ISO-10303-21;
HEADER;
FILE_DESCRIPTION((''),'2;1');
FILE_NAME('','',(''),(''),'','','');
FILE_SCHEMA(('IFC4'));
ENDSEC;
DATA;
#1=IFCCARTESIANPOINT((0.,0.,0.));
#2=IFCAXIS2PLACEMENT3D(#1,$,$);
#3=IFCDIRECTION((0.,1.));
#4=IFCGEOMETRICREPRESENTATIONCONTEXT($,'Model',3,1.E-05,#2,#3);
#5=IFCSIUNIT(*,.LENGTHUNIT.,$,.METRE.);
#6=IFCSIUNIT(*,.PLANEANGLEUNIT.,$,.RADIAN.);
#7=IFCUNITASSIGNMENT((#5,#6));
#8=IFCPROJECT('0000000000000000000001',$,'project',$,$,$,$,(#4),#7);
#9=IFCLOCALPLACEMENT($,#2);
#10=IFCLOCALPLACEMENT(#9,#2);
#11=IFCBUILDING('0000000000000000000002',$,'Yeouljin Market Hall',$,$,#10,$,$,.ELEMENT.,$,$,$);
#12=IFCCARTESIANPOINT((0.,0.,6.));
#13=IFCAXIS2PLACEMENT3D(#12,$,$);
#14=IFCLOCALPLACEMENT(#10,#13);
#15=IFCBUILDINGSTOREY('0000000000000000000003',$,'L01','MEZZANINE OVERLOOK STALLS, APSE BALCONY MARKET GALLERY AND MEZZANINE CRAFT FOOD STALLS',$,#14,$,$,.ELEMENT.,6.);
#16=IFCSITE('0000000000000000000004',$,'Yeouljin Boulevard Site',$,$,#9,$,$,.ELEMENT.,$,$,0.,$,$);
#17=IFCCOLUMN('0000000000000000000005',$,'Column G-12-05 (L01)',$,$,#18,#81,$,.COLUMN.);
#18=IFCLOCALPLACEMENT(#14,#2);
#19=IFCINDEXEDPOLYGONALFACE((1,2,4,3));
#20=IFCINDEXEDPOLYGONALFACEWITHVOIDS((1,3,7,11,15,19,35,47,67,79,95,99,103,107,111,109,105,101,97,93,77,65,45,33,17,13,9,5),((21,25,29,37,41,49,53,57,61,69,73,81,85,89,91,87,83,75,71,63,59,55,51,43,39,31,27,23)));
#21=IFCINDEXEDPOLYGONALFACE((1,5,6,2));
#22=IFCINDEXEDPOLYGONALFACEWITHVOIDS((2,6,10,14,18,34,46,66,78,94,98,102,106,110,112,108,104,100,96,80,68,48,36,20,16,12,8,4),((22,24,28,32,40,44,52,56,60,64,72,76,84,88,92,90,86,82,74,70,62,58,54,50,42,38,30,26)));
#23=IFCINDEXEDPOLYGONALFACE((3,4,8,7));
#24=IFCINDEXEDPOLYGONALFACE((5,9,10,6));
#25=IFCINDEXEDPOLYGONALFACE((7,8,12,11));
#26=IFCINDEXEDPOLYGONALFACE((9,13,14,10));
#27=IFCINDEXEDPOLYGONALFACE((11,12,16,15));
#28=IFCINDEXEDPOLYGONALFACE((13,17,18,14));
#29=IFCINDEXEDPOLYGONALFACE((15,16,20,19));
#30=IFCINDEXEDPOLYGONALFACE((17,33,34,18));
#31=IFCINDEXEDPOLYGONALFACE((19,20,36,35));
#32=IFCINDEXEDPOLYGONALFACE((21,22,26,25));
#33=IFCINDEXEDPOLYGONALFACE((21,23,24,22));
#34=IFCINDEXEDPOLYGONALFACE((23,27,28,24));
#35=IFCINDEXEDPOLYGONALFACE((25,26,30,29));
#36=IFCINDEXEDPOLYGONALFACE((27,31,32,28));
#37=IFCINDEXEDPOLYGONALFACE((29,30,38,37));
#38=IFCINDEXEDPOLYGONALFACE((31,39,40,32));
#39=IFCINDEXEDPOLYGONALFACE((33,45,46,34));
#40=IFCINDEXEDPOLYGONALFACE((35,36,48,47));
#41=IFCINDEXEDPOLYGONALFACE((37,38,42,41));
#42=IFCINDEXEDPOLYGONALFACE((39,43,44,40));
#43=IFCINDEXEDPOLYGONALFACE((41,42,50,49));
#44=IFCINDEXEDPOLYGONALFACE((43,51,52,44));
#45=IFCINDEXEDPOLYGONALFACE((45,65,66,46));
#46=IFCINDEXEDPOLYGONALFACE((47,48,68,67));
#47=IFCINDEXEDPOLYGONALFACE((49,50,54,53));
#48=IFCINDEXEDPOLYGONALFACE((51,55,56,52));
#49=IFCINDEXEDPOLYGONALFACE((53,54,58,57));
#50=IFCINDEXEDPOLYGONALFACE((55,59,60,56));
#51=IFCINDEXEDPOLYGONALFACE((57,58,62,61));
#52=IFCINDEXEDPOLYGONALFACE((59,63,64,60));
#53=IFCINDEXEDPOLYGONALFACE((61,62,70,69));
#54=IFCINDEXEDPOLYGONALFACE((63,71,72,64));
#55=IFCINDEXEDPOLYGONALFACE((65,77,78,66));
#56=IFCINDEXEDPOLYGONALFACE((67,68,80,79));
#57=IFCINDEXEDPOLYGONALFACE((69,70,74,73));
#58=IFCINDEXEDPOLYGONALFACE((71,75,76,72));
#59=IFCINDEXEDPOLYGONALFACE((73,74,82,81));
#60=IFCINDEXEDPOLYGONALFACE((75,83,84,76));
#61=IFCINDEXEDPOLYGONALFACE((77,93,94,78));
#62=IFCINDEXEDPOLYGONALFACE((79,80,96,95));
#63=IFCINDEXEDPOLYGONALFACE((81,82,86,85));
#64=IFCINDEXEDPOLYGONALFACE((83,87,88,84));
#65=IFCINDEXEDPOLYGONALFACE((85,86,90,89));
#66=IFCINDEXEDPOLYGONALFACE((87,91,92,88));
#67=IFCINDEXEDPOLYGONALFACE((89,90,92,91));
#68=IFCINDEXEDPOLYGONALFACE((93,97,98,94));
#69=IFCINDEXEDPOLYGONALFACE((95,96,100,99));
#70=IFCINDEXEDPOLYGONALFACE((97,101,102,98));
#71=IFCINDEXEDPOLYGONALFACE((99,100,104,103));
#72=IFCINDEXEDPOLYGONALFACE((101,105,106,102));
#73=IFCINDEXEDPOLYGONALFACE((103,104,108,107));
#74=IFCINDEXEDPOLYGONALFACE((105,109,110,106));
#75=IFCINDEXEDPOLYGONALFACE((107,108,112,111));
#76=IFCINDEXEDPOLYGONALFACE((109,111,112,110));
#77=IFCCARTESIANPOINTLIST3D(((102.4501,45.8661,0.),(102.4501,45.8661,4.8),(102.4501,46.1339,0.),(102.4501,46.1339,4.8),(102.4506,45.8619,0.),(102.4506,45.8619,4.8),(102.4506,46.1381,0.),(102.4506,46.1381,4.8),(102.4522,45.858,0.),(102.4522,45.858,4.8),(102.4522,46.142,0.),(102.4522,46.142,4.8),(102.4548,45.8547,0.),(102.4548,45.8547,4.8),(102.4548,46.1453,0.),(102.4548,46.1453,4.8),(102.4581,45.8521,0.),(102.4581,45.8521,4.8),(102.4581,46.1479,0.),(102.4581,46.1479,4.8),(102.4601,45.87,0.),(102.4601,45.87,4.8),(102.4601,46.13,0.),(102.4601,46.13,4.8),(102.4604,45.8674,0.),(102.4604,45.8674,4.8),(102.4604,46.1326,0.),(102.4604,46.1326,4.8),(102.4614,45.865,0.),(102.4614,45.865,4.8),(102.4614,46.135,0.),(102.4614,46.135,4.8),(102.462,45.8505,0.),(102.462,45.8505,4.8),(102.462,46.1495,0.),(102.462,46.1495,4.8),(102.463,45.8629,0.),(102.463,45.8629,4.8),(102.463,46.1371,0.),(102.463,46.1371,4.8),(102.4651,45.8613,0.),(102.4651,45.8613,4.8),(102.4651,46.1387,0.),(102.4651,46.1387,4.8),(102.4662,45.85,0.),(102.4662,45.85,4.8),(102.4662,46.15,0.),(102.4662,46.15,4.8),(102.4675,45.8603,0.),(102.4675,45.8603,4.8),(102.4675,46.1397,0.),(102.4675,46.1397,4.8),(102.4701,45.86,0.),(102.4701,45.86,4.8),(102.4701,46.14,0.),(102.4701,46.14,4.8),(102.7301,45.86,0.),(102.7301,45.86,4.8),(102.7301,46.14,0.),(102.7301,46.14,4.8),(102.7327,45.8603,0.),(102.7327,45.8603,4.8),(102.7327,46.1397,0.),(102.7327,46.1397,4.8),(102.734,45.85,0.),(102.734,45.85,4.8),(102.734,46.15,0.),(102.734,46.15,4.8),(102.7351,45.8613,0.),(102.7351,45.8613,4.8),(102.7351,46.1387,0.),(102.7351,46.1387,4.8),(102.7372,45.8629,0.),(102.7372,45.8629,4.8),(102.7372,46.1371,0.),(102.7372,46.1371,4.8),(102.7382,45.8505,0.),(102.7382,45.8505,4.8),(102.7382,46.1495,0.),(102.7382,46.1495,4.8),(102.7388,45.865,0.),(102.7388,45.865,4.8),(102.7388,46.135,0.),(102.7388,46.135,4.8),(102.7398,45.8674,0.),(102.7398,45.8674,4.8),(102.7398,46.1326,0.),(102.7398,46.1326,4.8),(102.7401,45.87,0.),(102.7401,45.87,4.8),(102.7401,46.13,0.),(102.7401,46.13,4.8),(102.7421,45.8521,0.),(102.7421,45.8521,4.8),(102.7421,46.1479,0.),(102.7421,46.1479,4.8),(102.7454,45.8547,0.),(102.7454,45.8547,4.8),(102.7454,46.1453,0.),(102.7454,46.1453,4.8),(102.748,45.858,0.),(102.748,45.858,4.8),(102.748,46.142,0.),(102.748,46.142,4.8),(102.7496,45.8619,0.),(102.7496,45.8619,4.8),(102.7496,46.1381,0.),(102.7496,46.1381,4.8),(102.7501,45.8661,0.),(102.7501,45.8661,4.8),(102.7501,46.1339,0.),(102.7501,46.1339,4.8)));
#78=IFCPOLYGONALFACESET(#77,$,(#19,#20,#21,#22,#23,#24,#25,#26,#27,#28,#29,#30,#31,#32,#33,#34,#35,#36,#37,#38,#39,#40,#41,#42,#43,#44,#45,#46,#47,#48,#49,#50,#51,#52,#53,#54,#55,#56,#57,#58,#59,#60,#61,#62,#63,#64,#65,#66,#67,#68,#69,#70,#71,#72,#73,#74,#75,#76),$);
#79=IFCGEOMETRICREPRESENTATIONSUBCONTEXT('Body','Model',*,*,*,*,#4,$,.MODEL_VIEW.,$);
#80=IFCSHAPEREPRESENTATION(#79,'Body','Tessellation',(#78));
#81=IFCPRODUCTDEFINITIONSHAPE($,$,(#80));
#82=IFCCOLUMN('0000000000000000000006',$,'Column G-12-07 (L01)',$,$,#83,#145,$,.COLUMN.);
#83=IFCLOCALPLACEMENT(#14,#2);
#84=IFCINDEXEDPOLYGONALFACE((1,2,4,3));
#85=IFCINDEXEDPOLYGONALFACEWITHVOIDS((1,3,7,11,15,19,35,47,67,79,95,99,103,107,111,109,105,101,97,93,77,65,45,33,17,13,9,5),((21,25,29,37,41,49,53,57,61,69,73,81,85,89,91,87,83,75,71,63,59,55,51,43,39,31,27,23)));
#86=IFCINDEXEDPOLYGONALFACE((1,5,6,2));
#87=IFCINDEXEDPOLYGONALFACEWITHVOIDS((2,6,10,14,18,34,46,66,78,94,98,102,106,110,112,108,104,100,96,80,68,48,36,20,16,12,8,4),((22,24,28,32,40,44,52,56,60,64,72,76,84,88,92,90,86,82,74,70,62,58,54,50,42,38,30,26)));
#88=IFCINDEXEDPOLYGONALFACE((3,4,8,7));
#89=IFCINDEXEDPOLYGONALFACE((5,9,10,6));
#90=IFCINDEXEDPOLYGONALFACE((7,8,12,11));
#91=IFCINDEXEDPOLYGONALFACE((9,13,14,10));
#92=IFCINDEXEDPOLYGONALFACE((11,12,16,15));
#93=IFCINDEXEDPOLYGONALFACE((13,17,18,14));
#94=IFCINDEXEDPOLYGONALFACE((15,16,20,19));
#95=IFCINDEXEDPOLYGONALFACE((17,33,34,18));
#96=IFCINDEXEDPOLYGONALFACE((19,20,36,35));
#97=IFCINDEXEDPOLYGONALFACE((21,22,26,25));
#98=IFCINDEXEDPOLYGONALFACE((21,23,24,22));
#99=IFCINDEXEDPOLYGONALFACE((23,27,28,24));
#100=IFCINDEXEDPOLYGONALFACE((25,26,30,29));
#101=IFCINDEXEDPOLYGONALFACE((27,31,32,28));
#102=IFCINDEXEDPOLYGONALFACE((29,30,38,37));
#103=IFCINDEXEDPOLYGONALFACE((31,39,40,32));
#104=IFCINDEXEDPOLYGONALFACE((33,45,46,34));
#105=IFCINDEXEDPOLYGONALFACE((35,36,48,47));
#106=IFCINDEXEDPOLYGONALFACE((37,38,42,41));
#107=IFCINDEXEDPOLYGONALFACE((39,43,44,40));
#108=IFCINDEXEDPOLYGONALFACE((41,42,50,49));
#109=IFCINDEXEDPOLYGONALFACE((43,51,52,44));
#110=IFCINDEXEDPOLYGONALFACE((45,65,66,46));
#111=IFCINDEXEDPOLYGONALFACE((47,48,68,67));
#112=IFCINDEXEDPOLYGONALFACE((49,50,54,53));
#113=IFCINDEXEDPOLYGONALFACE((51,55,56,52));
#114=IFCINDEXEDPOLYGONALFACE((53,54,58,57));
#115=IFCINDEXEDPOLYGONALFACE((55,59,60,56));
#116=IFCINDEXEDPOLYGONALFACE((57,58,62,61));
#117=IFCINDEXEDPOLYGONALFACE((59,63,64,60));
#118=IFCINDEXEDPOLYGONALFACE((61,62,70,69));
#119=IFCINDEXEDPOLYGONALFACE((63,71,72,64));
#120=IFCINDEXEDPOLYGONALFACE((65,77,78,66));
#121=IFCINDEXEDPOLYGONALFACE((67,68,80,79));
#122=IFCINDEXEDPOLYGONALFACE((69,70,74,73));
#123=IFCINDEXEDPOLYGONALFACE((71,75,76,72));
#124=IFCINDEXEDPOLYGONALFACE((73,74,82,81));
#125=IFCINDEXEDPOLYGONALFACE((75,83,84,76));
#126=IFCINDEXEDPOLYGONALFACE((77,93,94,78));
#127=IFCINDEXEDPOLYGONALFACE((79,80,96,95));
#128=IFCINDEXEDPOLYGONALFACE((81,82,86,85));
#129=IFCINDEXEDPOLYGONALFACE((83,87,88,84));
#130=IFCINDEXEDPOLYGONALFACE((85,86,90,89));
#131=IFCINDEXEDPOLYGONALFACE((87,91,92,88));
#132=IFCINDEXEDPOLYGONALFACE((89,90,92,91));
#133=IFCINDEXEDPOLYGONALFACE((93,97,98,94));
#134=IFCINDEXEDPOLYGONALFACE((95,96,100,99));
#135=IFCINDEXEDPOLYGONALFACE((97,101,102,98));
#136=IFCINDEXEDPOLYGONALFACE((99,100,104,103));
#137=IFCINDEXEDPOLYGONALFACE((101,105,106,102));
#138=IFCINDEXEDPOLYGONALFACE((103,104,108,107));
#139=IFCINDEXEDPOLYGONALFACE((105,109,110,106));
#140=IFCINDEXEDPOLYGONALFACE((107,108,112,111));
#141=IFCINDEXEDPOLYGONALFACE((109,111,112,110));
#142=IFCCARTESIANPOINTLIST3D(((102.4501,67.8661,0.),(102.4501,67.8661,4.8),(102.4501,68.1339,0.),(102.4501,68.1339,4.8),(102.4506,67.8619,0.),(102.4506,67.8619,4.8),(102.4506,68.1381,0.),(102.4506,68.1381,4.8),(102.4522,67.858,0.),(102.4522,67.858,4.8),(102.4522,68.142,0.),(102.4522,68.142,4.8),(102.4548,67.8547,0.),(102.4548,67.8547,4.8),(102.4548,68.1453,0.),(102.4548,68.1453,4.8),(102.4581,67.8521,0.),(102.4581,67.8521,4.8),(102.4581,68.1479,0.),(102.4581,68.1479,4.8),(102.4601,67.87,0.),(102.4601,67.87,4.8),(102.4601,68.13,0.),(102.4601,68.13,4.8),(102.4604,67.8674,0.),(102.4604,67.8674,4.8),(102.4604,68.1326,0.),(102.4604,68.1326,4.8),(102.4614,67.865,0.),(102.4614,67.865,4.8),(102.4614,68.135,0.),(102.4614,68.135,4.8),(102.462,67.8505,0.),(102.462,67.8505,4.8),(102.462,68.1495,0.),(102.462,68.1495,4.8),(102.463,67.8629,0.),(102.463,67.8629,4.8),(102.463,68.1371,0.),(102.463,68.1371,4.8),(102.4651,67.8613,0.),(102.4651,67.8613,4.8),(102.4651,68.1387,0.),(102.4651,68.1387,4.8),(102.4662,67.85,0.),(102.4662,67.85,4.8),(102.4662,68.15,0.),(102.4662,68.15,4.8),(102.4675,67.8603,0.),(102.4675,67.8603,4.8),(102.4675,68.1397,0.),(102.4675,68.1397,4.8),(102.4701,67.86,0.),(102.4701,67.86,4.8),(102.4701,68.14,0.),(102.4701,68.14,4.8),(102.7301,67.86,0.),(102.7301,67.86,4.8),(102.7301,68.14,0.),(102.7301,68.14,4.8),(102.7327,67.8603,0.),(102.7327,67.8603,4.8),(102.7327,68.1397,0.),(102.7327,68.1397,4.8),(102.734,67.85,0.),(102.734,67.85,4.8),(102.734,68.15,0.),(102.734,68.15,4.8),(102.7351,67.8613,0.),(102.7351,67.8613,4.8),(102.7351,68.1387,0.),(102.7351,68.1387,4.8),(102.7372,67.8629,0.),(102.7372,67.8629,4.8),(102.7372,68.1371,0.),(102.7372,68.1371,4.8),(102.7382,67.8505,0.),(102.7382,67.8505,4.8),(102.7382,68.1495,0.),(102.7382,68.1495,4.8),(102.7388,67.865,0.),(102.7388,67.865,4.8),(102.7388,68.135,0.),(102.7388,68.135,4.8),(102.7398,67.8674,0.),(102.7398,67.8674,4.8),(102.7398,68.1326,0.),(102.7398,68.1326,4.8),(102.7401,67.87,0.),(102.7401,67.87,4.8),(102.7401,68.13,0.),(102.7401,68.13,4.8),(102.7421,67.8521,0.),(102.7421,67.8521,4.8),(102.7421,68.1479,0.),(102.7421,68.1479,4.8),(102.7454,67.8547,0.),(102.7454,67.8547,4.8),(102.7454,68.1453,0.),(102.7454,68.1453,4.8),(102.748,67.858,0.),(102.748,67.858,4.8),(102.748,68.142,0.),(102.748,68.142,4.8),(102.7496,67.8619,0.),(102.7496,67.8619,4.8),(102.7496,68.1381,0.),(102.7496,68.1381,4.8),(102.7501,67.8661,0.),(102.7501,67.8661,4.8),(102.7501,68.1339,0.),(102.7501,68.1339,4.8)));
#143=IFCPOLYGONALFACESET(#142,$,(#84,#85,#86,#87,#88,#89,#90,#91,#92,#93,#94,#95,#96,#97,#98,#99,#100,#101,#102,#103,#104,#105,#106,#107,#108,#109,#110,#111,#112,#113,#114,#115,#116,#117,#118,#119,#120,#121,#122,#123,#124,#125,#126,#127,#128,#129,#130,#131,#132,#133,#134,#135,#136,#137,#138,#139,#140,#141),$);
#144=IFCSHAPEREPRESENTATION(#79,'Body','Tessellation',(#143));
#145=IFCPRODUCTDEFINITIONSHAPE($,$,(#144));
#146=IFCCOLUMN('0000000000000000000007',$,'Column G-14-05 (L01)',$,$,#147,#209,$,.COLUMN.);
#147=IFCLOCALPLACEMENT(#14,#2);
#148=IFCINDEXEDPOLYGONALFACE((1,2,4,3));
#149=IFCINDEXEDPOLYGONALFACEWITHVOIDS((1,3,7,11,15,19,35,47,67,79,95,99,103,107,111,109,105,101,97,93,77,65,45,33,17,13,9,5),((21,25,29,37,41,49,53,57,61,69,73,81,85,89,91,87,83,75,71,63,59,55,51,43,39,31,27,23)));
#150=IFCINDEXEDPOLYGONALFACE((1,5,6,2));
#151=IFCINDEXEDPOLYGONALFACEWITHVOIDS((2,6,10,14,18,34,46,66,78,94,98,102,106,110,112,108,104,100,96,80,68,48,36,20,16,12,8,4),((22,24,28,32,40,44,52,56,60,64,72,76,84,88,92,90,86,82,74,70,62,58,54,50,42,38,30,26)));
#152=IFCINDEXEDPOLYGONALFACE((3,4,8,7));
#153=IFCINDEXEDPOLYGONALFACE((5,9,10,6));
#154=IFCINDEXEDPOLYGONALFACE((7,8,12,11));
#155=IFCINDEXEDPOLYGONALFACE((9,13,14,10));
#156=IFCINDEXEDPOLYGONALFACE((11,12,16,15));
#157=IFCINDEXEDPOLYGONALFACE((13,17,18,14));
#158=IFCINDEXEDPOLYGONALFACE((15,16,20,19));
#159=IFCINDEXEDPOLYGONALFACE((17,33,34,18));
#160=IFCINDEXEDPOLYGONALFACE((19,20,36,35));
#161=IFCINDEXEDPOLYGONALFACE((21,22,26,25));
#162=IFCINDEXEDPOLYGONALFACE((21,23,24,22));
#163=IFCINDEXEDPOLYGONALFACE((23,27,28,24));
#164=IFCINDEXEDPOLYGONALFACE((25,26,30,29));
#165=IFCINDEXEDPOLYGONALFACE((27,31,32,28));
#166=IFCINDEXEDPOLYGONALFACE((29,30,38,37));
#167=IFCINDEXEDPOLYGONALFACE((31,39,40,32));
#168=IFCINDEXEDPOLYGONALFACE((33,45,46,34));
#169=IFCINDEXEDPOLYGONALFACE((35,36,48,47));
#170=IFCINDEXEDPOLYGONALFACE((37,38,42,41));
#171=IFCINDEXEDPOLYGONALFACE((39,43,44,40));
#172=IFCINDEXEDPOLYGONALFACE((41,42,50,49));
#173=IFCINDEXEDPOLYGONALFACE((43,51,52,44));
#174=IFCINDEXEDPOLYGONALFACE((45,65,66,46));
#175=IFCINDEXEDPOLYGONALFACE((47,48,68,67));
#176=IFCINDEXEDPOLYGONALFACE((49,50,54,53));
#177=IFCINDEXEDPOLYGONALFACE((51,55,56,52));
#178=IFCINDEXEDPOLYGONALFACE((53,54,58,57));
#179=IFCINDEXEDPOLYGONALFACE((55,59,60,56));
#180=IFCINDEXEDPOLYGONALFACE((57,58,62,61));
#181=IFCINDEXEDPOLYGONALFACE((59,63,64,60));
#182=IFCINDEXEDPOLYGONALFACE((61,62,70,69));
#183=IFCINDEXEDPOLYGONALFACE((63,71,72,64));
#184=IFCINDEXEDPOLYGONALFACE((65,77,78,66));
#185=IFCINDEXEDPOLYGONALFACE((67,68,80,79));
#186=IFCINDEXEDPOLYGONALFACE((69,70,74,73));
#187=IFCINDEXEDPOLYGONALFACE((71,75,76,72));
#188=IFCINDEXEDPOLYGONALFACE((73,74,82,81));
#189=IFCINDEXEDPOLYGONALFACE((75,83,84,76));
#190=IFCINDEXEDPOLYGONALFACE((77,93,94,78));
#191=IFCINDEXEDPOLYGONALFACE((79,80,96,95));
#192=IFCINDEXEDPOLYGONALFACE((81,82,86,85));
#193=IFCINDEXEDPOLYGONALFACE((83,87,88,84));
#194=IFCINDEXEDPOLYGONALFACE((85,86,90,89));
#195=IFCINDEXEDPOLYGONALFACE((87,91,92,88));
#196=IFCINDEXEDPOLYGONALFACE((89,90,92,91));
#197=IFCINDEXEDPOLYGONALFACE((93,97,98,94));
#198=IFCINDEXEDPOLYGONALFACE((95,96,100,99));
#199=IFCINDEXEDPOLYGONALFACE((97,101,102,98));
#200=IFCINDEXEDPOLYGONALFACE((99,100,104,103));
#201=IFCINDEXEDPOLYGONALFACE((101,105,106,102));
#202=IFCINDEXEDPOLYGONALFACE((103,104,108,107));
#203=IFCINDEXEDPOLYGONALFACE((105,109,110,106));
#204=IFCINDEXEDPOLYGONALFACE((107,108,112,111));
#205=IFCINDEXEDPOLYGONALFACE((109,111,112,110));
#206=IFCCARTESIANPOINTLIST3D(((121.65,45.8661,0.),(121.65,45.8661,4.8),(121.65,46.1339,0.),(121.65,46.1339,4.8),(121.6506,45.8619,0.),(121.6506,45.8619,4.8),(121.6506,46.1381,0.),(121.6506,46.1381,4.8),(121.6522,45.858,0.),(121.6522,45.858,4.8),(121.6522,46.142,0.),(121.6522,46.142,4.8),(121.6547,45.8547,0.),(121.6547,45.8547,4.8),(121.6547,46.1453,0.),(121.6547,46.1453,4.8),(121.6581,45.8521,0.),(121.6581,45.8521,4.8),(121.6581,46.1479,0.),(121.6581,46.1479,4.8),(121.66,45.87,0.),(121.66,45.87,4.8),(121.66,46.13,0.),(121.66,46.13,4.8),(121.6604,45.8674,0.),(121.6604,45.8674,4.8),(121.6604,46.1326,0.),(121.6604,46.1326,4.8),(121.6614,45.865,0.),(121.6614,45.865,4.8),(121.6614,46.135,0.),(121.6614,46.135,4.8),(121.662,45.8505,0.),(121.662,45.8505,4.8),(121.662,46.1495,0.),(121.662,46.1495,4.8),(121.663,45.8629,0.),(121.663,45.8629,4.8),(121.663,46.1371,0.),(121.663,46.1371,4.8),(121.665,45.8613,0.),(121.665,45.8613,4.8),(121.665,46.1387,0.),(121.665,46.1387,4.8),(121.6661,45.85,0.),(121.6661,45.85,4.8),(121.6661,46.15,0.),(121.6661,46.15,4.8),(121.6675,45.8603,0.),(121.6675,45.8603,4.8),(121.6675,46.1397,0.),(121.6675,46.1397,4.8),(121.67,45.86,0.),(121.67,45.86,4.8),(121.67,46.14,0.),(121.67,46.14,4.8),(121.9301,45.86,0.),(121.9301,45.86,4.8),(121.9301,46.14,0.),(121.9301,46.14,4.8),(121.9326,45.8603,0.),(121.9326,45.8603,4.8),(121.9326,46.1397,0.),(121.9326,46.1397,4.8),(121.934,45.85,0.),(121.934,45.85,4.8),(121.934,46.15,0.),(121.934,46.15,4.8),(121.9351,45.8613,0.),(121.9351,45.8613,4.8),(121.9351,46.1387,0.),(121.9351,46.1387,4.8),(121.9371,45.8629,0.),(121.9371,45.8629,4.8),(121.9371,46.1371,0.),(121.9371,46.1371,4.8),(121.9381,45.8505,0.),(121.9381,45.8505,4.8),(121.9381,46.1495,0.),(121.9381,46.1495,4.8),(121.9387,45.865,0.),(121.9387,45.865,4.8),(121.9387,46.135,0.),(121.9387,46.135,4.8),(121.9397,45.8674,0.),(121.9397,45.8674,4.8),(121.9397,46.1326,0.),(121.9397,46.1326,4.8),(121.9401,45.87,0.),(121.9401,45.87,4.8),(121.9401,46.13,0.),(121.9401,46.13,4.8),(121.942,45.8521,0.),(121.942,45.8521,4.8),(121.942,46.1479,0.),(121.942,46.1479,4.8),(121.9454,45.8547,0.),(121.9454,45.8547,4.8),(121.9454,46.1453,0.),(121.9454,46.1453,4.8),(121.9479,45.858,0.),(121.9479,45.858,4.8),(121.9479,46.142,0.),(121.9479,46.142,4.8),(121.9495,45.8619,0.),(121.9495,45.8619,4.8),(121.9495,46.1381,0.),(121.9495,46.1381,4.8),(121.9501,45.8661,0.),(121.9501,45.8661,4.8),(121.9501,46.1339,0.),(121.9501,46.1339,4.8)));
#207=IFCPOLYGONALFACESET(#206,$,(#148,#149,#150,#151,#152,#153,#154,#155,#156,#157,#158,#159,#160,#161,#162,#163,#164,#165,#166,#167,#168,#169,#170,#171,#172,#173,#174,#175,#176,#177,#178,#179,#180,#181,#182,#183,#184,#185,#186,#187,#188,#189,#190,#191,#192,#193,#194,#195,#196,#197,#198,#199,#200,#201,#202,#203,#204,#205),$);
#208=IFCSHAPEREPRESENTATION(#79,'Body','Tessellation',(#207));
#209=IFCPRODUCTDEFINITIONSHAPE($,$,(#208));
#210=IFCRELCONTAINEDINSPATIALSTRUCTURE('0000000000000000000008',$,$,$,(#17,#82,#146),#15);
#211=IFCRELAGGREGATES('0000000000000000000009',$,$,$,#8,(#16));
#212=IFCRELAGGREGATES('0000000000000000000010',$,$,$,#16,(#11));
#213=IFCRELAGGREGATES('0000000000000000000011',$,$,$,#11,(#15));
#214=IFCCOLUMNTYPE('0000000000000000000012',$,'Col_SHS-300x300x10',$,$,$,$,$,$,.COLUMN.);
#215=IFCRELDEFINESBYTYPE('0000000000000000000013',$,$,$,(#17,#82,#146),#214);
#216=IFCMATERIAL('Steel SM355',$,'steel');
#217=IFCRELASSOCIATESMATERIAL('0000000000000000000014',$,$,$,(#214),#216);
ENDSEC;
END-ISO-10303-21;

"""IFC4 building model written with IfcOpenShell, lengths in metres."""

from ifc_helpers import new_model, si_unit, direction, frame, origin, origin_2d, place, context, subcontext, project, spatial, hollow_rectangle, extrude, material, material_profile, profile_set, type_object, element, save


model = new_model("IFC4")

# Units and contexts
model_context = context("Model", 3, precision=1e-05, world=origin(), true_north=direction((0.0, 1.0)))
body_context = subcontext(model_context, "Body", "Model", "MODEL_VIEW")
ifc_project = project(units=[si_unit("LENGTHUNIT", "METRE"), si_unit("PLANEANGLEUNIT", "RADIAN")], contexts=[model_context])

# Site, building, storey
site_placement = place(None, origin())
site = spatial("IfcSite", under=ifc_project, at=site_placement, Name="Yeouljin Boulevard Site", CompositionType="ELEMENT", RefElevation=0.0)
building_placement = place(site_placement, origin())
building = spatial("IfcBuilding", under=site, at=building_placement, Name="Yeouljin Market Hall", CompositionType="ELEMENT")
storey_placement = place(building_placement, frame((0.0, 0.0, 6.0)))
storey = spatial("IfcBuildingStorey", under=building, at=storey_placement, Name="L01", Description="MEZZANINE OVERLOOK STALLS, APSE BALCONY MARKET GALLERY AND MEZZANINE CRAFT FOOD STALLS", CompositionType="ELEMENT", Elevation=6.0)

# Columns
ifc_material_1 = material(Name="Steel SM355", Category="steel")
ifc_material_profile_1 = material_profile(ifc_material_1, hollow_rectangle(XDim=0.3, YDim=0.3, WallThickness=0.01, InnerFilletRadius=0.01, OuterFilletRadius=0.0161, at=origin_2d()), Name="SHS-300x300x10")
ifc_profile_set_1 = profile_set([ifc_material_profile_1], Name="Steel SM355")
column_type_1 = type_object("IfcColumnType", Name="Col_SHS-300x300x10", PredefinedType="COLUMN", material=ifc_profile_set_1)
for number, where, z_axis, x_axis, name in (
    (1, (102.6001, 46.0, 0.0), (0.0, 0.0, 1.0), (1.0, 0.0, 0.0), "Column G-12-05 (L01)"),
    (2, (102.6001, 68.0, 0.0), (0.0, 0.0, 1.0), (1.0, 0.0, 0.0), "Column G-12-07 (L01)"),
    (3, (121.8, 46.0, 0.0), (0.0, 0.0, 1.0), (1.0, 0.0, 0.0), "Column G-14-05 (L01)"),
):
    element("IfcColumn", number, at=place(storey_placement, frame(where, z_axis=z_axis, x_axis=x_axis)), inside=storey, type_object=column_type_1, Name=name, PredefinedType="COLUMN", context=body_context, shape_type="SweptSolid", body=[
        extrude(hollow_rectangle(XDim=0.3, YDim=0.3, WallThickness=0.01, InnerFilletRadius=0.01, OuterFilletRadius=0.0161, at=origin_2d()), origin(), (0.0, 0.0, 1.0), 4.8),
    ])

save(model, "model.ifc")
